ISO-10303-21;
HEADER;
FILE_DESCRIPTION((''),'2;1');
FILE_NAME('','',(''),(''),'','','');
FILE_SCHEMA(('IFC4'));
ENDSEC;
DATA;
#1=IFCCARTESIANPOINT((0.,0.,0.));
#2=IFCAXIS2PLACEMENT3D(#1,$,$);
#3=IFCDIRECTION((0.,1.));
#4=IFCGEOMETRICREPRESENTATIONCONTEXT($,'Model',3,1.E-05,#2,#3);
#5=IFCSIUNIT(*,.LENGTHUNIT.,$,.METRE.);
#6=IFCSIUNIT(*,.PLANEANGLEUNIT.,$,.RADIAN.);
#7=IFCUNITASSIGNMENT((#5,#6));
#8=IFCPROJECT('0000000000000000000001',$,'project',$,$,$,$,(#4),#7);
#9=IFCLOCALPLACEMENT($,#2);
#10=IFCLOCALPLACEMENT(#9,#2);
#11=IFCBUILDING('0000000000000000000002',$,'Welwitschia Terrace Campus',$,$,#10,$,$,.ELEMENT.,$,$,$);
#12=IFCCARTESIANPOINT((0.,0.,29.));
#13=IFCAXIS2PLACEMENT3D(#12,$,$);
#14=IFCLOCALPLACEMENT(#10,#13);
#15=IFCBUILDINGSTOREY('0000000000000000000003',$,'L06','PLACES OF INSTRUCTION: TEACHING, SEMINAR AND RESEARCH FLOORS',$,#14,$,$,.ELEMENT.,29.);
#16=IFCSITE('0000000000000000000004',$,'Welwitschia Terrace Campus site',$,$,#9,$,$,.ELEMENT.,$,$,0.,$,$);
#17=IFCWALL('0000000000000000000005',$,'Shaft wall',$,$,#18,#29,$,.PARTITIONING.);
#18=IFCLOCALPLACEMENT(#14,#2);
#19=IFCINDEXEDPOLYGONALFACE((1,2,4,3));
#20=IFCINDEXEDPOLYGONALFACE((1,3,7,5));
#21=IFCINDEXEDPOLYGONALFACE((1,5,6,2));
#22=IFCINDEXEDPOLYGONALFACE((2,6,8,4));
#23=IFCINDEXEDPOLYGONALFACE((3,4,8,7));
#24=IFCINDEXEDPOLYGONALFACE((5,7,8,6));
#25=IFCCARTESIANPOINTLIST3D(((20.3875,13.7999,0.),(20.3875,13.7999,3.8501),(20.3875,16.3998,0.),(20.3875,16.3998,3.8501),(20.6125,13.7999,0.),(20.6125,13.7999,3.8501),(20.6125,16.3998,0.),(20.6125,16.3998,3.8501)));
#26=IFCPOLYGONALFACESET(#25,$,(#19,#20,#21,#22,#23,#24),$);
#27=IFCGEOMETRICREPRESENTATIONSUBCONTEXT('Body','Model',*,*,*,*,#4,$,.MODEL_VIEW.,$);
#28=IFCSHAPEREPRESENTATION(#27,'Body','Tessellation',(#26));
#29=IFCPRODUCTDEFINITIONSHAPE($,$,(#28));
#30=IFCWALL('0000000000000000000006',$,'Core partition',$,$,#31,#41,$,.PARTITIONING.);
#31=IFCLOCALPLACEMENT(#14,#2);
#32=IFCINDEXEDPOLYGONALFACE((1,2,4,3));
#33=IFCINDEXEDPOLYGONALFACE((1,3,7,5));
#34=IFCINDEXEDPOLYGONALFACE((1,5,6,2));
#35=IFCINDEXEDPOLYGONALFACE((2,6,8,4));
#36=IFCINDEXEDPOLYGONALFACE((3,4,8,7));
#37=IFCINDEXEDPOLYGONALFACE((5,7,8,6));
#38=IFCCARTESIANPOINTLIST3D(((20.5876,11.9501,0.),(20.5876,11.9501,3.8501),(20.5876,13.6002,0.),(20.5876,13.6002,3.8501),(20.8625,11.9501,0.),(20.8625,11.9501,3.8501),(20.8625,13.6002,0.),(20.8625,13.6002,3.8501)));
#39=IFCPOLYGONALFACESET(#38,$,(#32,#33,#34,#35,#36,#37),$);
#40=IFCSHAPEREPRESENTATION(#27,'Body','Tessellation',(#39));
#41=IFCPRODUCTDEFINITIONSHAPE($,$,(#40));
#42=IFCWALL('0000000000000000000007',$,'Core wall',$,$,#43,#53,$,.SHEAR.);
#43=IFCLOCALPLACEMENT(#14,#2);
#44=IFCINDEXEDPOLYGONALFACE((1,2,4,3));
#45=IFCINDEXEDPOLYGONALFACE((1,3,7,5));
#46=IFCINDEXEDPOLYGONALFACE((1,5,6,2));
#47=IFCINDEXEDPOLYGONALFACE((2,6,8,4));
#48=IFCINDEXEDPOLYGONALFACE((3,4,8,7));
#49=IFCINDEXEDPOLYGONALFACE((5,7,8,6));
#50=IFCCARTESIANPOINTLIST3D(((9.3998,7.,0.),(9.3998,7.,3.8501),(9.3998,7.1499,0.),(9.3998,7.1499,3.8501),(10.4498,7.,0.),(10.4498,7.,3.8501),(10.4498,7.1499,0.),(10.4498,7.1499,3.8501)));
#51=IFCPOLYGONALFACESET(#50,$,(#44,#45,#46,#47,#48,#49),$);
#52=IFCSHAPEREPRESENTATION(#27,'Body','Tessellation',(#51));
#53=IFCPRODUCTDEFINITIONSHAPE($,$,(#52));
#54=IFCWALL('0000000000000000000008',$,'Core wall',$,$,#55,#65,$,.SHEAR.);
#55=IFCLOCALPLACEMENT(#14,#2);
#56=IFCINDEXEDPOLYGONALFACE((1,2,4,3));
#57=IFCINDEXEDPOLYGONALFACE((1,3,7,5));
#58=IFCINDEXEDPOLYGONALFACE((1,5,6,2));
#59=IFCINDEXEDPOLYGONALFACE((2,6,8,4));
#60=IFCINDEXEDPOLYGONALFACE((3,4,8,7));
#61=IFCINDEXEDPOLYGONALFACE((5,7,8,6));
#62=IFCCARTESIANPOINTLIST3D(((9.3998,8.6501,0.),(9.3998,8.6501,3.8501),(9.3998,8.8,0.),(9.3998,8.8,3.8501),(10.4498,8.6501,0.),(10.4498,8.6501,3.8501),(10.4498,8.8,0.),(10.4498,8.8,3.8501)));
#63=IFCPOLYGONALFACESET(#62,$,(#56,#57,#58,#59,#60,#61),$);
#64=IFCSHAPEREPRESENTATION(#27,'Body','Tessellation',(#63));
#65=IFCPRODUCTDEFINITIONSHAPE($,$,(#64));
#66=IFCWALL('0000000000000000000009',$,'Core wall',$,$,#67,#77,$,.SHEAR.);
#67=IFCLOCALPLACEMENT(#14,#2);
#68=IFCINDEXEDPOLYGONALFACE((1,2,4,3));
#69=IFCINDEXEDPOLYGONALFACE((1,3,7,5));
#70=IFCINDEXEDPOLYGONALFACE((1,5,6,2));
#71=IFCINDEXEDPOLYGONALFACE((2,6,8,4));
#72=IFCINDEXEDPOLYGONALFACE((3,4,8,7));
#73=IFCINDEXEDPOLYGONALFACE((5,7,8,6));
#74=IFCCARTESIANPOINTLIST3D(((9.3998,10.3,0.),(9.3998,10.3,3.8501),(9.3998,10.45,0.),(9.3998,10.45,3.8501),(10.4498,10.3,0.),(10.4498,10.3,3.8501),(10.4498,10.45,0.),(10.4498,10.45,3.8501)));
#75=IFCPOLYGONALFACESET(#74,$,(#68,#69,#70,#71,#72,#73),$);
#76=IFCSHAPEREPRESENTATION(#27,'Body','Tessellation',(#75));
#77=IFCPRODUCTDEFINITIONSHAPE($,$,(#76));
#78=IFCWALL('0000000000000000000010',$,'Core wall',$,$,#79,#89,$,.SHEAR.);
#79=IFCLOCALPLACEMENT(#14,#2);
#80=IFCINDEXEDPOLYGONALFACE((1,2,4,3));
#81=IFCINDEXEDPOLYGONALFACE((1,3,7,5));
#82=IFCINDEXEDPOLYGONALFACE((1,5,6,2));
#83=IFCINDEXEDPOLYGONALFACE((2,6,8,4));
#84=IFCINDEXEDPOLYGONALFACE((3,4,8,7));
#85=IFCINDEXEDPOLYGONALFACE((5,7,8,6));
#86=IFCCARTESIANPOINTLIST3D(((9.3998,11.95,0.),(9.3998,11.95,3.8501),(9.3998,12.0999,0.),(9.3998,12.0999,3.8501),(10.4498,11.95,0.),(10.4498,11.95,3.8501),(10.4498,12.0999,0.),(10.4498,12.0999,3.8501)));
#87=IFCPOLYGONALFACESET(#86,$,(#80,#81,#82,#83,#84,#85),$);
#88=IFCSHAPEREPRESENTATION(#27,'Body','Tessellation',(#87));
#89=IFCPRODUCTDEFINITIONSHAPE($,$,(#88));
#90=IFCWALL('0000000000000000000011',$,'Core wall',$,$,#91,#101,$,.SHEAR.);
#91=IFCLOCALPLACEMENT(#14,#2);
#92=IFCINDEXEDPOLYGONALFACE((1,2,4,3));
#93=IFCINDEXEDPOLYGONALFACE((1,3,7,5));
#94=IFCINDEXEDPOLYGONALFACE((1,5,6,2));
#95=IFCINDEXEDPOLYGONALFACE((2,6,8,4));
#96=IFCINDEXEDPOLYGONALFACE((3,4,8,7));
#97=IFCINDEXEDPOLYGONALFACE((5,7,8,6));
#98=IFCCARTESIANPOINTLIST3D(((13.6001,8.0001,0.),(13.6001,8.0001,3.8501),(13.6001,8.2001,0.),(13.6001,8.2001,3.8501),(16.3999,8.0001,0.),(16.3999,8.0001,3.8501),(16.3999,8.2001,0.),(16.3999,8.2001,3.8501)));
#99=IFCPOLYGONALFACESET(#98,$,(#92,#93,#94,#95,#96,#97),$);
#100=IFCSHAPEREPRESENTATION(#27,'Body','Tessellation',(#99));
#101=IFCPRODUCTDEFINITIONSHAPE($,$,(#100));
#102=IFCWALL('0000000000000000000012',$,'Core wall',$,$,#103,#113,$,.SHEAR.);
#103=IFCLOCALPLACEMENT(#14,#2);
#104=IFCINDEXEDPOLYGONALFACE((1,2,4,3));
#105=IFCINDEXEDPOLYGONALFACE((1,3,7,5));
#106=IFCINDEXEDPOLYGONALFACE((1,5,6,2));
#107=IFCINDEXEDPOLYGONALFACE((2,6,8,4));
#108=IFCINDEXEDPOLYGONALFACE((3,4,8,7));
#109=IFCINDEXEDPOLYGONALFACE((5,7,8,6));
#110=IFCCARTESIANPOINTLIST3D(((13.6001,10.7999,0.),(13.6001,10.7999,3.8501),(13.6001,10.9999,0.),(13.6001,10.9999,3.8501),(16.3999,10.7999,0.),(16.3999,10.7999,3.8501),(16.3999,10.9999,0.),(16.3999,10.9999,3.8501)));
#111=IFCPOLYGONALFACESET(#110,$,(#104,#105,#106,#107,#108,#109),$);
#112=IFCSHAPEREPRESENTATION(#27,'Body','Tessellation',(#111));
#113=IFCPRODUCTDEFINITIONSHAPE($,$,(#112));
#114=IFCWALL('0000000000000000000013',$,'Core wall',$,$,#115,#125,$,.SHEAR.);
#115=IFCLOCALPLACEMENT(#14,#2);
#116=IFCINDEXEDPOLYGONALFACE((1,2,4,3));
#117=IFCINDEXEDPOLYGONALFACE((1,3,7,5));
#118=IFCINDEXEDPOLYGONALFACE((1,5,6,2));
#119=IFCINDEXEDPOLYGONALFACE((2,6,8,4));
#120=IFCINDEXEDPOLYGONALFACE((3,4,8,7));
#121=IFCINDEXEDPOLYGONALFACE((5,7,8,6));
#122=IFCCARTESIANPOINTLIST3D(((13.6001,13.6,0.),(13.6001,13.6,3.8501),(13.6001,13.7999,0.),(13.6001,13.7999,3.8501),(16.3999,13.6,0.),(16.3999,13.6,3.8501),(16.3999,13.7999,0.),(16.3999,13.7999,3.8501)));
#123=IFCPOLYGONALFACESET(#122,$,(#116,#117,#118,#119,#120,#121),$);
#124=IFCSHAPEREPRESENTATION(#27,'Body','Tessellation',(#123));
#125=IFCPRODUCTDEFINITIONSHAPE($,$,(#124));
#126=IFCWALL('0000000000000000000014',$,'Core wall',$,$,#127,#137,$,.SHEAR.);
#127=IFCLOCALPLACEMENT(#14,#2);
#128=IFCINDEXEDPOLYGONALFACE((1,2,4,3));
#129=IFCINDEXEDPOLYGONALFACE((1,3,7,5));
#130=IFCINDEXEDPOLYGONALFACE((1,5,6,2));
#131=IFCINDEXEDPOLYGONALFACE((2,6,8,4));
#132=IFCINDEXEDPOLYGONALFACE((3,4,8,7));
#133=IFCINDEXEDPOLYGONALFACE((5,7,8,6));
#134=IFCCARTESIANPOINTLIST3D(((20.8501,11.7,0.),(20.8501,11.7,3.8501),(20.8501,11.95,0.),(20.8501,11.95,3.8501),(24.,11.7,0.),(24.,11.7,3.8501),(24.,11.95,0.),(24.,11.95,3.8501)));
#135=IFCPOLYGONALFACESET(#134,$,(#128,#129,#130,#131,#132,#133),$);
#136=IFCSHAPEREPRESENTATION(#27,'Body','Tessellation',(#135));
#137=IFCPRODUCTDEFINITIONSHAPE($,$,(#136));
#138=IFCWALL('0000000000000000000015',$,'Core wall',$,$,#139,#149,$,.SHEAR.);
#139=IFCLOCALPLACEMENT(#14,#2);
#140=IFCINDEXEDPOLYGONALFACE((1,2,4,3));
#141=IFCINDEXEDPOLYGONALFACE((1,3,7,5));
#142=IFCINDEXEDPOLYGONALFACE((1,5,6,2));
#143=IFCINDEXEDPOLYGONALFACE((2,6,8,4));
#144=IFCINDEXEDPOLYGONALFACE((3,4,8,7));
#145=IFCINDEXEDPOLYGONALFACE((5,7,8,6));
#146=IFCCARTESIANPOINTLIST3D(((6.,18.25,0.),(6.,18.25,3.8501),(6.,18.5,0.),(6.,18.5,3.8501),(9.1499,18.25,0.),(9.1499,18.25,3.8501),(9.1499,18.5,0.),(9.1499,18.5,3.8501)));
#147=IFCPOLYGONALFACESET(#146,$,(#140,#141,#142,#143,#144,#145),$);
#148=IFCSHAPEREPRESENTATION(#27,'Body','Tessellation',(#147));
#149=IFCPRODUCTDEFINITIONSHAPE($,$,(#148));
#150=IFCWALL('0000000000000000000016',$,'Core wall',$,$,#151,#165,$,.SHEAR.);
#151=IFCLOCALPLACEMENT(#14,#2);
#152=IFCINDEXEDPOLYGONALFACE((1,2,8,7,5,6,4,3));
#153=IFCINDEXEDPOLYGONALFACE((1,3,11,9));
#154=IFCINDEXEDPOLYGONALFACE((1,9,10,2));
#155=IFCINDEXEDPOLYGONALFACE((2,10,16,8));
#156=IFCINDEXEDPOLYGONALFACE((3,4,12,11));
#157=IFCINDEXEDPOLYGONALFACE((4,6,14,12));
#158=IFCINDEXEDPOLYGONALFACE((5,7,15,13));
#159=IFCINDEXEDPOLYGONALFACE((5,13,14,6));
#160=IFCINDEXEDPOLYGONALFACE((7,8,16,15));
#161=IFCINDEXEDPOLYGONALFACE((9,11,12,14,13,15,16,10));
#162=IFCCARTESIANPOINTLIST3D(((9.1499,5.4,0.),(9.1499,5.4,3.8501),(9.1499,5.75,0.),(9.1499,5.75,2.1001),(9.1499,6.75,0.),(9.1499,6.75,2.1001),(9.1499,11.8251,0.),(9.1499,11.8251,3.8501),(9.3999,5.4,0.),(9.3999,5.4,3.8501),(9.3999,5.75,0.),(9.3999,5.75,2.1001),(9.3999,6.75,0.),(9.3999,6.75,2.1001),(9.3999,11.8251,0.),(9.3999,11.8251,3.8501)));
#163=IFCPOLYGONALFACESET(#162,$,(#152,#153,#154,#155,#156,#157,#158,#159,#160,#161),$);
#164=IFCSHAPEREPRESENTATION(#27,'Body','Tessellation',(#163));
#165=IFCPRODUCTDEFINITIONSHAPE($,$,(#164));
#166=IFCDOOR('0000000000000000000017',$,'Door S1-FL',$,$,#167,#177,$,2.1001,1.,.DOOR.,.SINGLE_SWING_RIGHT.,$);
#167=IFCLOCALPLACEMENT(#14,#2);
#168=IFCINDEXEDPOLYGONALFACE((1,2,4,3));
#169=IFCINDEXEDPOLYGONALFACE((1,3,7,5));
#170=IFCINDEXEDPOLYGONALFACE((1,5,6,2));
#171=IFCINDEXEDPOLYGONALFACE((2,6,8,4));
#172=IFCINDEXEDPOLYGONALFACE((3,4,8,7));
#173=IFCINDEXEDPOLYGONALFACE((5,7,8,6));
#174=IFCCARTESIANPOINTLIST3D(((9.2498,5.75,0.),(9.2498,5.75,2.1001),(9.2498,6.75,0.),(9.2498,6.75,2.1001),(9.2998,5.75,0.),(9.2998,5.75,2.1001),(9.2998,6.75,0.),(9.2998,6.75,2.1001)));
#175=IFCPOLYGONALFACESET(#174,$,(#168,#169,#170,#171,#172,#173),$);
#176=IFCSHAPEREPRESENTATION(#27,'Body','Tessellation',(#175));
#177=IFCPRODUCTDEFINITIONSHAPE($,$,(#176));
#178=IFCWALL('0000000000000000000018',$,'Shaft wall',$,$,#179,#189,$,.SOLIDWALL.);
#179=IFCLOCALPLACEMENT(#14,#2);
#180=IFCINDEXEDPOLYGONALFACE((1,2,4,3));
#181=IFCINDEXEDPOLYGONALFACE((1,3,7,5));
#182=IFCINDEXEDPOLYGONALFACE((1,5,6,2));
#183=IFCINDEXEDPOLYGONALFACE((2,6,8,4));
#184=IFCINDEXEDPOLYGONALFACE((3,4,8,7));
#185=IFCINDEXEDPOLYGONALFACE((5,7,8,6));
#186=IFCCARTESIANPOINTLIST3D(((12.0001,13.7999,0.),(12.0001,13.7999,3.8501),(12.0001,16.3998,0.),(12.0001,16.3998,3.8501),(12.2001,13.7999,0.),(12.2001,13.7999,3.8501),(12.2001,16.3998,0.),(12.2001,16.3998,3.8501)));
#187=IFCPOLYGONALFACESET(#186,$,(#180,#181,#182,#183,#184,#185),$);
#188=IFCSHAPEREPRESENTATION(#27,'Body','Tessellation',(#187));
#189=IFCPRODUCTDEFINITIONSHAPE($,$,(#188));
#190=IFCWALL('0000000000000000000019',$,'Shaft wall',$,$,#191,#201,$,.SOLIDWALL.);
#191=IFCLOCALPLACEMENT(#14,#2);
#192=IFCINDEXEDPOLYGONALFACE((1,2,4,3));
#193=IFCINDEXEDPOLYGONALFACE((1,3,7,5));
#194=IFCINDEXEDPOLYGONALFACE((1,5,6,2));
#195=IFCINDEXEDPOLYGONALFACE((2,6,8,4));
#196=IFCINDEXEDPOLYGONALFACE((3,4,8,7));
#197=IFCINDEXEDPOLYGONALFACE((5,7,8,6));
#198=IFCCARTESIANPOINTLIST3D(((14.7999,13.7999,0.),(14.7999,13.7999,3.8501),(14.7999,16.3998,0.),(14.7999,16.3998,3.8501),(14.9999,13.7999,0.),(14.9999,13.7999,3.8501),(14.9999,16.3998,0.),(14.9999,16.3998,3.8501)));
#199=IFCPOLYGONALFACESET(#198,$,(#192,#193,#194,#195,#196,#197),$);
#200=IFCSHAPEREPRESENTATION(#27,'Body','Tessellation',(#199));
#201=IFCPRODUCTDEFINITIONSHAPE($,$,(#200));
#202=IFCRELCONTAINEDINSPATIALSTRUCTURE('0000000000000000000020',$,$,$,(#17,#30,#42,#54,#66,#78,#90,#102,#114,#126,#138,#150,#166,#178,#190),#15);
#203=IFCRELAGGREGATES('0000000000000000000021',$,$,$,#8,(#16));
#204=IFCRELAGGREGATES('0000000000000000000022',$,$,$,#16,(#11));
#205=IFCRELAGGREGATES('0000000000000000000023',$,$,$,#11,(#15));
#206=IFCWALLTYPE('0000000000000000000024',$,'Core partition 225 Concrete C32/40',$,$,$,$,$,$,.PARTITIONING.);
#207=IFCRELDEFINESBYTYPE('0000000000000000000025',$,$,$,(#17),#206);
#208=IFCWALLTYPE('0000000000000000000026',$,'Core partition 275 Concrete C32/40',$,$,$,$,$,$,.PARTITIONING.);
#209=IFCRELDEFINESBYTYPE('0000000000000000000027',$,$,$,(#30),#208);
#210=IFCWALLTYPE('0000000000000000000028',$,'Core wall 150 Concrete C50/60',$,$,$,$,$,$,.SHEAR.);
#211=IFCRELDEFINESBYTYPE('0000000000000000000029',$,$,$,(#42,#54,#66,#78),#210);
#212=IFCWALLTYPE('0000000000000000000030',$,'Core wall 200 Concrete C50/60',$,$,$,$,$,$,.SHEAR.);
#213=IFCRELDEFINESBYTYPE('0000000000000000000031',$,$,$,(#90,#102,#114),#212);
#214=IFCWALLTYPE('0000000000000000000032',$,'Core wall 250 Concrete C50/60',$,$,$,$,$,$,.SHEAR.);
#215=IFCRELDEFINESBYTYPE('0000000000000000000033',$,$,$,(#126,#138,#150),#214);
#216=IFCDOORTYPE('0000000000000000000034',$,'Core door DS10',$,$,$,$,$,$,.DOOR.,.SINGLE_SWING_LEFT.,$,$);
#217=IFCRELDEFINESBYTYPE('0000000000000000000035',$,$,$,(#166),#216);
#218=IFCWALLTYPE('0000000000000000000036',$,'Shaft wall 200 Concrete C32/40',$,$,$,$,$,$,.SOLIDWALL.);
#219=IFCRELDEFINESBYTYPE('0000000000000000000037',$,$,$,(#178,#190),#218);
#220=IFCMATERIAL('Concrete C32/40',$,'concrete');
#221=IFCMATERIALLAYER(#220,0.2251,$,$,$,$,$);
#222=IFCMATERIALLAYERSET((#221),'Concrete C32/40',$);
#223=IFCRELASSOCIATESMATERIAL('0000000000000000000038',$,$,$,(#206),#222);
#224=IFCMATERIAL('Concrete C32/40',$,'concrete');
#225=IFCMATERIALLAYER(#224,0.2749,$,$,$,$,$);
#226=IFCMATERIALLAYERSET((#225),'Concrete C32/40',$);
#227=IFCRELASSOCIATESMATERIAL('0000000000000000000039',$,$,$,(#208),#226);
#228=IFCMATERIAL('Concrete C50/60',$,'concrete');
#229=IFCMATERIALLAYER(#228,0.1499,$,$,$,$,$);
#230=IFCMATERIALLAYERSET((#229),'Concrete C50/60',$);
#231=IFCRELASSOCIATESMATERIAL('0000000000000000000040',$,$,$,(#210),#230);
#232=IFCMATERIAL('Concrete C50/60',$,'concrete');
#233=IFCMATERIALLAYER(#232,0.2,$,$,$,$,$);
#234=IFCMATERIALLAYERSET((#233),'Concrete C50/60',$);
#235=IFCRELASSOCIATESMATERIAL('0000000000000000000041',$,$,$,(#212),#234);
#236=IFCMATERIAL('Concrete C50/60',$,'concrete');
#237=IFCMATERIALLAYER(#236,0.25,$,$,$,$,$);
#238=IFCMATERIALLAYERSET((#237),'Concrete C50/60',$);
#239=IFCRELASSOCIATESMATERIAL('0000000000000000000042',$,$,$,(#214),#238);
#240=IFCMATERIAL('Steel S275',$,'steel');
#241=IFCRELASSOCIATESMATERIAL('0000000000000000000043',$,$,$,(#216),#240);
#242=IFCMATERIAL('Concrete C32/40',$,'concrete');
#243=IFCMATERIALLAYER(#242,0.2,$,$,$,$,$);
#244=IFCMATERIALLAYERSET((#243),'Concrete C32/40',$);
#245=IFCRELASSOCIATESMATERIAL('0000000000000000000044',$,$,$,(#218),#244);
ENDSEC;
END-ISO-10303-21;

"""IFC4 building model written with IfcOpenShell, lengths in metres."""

from ifc_helpers import new_model, si_unit, direction, frame, frame_2d, origin, place, context, subcontext, project, spatial, rectangle, extrude, material, layer, layer_set, type_object, element, fill, save


model = new_model("IFC4")

# Units and contexts
model_context = context("Model", 3, precision=1e-05, world=origin(), true_north=direction((0.0, 1.0)))
body_context = subcontext(model_context, "Body", "Model", "MODEL_VIEW")
ifc_project = project(units=[si_unit("LENGTHUNIT", "METRE"), si_unit("PLANEANGLEUNIT", "RADIAN")], contexts=[model_context])

# Site, building, storey
site_placement = place(None, origin())
site = spatial("IfcSite", under=ifc_project, at=site_placement, Name="Welwitschia Terrace Campus site", CompositionType="ELEMENT", RefElevation=0.0)
building_placement = place(site_placement, origin())
building = spatial("IfcBuilding", under=site, at=building_placement, Name="Welwitschia Terrace Campus", CompositionType="ELEMENT")
storey_placement = place(building_placement, frame((0.0, 0.0, 29.0)))
storey = spatial("IfcBuildingStorey", under=building, at=storey_placement, Name="L06", Description="PLACES OF INSTRUCTION: TEACHING, SEMINAR AND RESEARCH FLOORS", CompositionType="ELEMENT", Elevation=29.0)

# Shared definitions
ifc_material_1 = material(Name="Concrete C32/40", Category="concrete")
ifc_layer_1 = layer(ifc_material_1, 0.2251)
ifc_layer_set_1 = layer_set([ifc_layer_1], Name="Concrete C32/40")
wall_type_1 = type_object("IfcWallType", Name="Core partition 225 Concrete C32/40", PredefinedType="PARTITIONING", material=ifc_layer_set_1)

# Walls
wall_1_placement = place(storey_placement, frame((20.5, 13.8, 0.0), z_axis=(0.0, 0.0, 1.0), x_axis=(0.0, 1.0, 0.0)))
element("IfcWall", 1, at=wall_1_placement, inside=storey, type_object=wall_type_1, Name="Shaft wall", PredefinedType="PARTITIONING", context=body_context, shape_type="SweptSolid", body=[
    extrude(rectangle(XDim=2.5999, YDim=0.2251, at=frame_2d((1.2998, 0.0))), origin(), (0.0, 0.0, 1.0), 3.8501),
])
ifc_material_2 = material(Name="Concrete C32/40", Category="concrete")
ifc_layer_2 = layer(ifc_material_2, 0.2749)
ifc_layer_set_2 = layer_set([ifc_layer_2], Name="Concrete C32/40")
wall_type_2 = type_object("IfcWallType", Name="Core partition 275 Concrete C32/40", PredefinedType="PARTITIONING", material=ifc_layer_set_2)
wall_2_placement = place(storey_placement, frame((20.7251, 11.95, 0.0), z_axis=(0.0, 0.0, 1.0), x_axis=(0.0, 1.0, 0.0)))
element("IfcWall", 2, at=wall_2_placement, inside=storey, type_object=wall_type_2, Name="Core partition", PredefinedType="PARTITIONING", context=body_context, shape_type="SweptSolid", body=[
    extrude(rectangle(XDim=1.6501, YDim=0.2749, at=frame_2d((0.8252, 0.0))), origin(), (0.0, 0.0, 1.0), 3.8501),
])
ifc_material_3 = material(Name="Concrete C50/60", Category="concrete")
ifc_layer_3 = layer(ifc_material_3, 0.1499)
ifc_layer_set_3 = layer_set([ifc_layer_3], Name="Concrete C50/60")
wall_type_3 = type_object("IfcWallType", Name="Core wall 150 Concrete C50/60", PredefinedType="SHEAR", material=ifc_layer_set_3)
for number, where, z_axis, x_axis, name in (
    (3, (9.3999, 7.075, 0.0), (0.0, 0.0, 1.0), (1.0, 0.0, 0.0), "Core wall"),
    (4, (9.3999, 8.7251, 0.0), (0.0, 0.0, 1.0), (1.0, 0.0, 0.0), "Core wall"),
    (5, (9.3999, 10.375, 0.0), (0.0, 0.0, 1.0), (1.0, 0.0, 0.0), "Core wall"),
    (6, (9.3999, 12.0249, 0.0), (0.0, 0.0, 1.0), (1.0, 0.0, 0.0), "Core wall"),
):
    element("IfcWall", number, at=place(storey_placement, frame(where, z_axis=z_axis, x_axis=x_axis)), inside=storey, type_object=wall_type_3, Name=name, PredefinedType="SHEAR", context=body_context, shape_type="SweptSolid", body=[
        extrude(rectangle(XDim=1.05, YDim=0.1499, at=frame_2d((0.5249, 0.0))), origin(), (0.0, 0.0, 1.0), 3.8501),
    ])
ifc_material_4 = material(Name="Concrete C50/60", Category="concrete")
ifc_layer_4 = layer(ifc_material_4, 0.2)
ifc_layer_set_4 = layer_set([ifc_layer_4], Name="Concrete C50/60")
wall_type_4 = type_object("IfcWallType", Name="Core wall 200 Concrete C50/60", PredefinedType="SHEAR", material=ifc_layer_set_4)
for number, where, z_axis, x_axis, name in (
    (7, (13.6001, 8.1001, 0.0), (0.0, 0.0, 1.0), (1.0, 0.0, 0.0), "Core wall"),
    (8, (13.6001, 10.8999, 0.0), (0.0, 0.0, 1.0), (1.0, 0.0, 0.0), "Core wall"),
    (9, (13.6001, 13.7, 0.0), (0.0, 0.0, 1.0), (1.0, 0.0, 0.0), "Core wall"),
):
    element("IfcWall", number, at=place(storey_placement, frame(where, z_axis=z_axis, x_axis=x_axis)), inside=storey, type_object=wall_type_4, Name=name, PredefinedType="SHEAR", context=body_context, shape_type="SweptSolid", body=[
        extrude(rectangle(XDim=2.7998, YDim=0.2, at=frame_2d((1.3999, 0.0))), origin(), (0.0, 0.0, 1.0), 3.8501),
    ])
ifc_material_5 = material(Name="Concrete C50/60", Category="concrete")
ifc_layer_5 = layer(ifc_material_5, 0.25)
ifc_layer_set_5 = layer_set([ifc_layer_5], Name="Concrete C50/60")
wall_type_5 = type_object("IfcWallType", Name="Core wall 250 Concrete C50/60", PredefinedType="SHEAR", material=ifc_layer_set_5)
for number, where, z_axis, x_axis, name in (
    (10, (20.8501, 11.825, 0.0), (0.0, 0.0, 1.0), (1.0, 0.0, 0.0), "Core wall"),
    (11, (6.0, 18.375, 0.0), (0.0, 0.0, 1.0), (1.0, 0.0, 0.0), "Core wall"),
):
    element("IfcWall", number, at=place(storey_placement, frame(where, z_axis=z_axis, x_axis=x_axis)), inside=storey, type_object=wall_type_5, Name=name, PredefinedType="SHEAR", context=body_context, shape_type="SweptSolid", body=[
        extrude(rectangle(XDim=3.1499, YDim=0.25, at=frame_2d((1.575, 0.0))), origin(), (0.0, 0.0, 1.0), 3.8501),
    ])

# Wall, opening, door
wall_3_placement = place(storey_placement, frame((9.2749, 11.825, 0.0), z_axis=(0.0, 0.0, 1.0), x_axis=(0.0, -1.0, 0.0)))
wall_3 = element("IfcWall", 12, at=wall_3_placement, inside=storey, type_object=wall_type_5, Name="Core wall", PredefinedType="SHEAR", context=body_context, shape_type="SweptSolid", body=[
    extrude(rectangle(XDim=6.425, YDim=0.25, at=frame_2d((3.2124, 0.0))), origin(), (0.0, 0.0, 1.0), 3.8501),
])
opening_1_placement = place(wall_3_placement, frame((5.075, 0.0, 0.0)))
opening_1 = element("IfcOpeningElement", 13, at=opening_1_placement, cuts=wall_3, PredefinedType="OPENING", context=body_context, shape_type="SweptSolid", body=[
    extrude(rectangle(XDim=1.0, YDim=2.1001, at=frame_2d((0.5, 1.05))), frame((0.0, 0.135, 0.0), z_axis=(0.0, -1.0, 0.0), x_axis=(1.0, 0.0, 0.0)), (0.0, 0.0, 1.0), 0.27),
])
ifc_material_6 = material(Name="Steel S275", Category="steel")
door_type_1 = type_object("IfcDoorType", Name="Core door DS10", OperationType="SINGLE_SWING_LEFT", PredefinedType="DOOR", material=ifc_material_6)
door_1_placement = place(opening_1_placement, origin())
door_1 = element("IfcDoor", 14, at=door_1_placement, inside=storey, type_object=door_type_1, Name="Door S1-FL", OperationType="SINGLE_SWING_RIGHT", OverallHeight=2.1001, OverallWidth=1.0, PredefinedType="DOOR", context=body_context, shape_type="SweptSolid", body=[
    extrude(rectangle(XDim=1.0, YDim=2.1001, at=frame_2d((0.5, 1.05))), frame((0.0, 0.0249, 0.0), z_axis=(0.0, -1.0, 0.0), x_axis=(1.0, 0.0, 0.0)), (0.0, 0.0, 1.0), 0.05),
])
fill(opening_1, door_1)

# Walls
ifc_material_7 = material(Name="Concrete C32/40", Category="concrete")
ifc_layer_6 = layer(ifc_material_7, 0.2)
ifc_layer_set_6 = layer_set([ifc_layer_6], Name="Concrete C32/40")
wall_type_6 = type_object("IfcWallType", Name="Shaft wall 200 Concrete C32/40", PredefinedType="SOLIDWALL", material=ifc_layer_set_6)
for number, where, z_axis, x_axis, name in (
    (15, (12.1001, 13.8, 0.0), (0.0, 0.0, 1.0), (0.0, 1.0, 0.0), "Shaft wall"),
    (16, (14.8999, 13.8, 0.0), (0.0, 0.0, 1.0), (0.0, 1.0, 0.0), "Shaft wall"),
):
    element("IfcWall", number, at=place(storey_placement, frame(where, z_axis=z_axis, x_axis=x_axis)), inside=storey, type_object=wall_type_6, Name=name, PredefinedType="SOLIDWALL", context=body_context, shape_type="SweptSolid", body=[
        extrude(rectangle(XDim=2.5999, YDim=0.2, at=frame_2d((1.2998, 0.0))), origin(), (0.0, 0.0, 1.0), 3.8501),
    ])

save(model, "model.ifc")
